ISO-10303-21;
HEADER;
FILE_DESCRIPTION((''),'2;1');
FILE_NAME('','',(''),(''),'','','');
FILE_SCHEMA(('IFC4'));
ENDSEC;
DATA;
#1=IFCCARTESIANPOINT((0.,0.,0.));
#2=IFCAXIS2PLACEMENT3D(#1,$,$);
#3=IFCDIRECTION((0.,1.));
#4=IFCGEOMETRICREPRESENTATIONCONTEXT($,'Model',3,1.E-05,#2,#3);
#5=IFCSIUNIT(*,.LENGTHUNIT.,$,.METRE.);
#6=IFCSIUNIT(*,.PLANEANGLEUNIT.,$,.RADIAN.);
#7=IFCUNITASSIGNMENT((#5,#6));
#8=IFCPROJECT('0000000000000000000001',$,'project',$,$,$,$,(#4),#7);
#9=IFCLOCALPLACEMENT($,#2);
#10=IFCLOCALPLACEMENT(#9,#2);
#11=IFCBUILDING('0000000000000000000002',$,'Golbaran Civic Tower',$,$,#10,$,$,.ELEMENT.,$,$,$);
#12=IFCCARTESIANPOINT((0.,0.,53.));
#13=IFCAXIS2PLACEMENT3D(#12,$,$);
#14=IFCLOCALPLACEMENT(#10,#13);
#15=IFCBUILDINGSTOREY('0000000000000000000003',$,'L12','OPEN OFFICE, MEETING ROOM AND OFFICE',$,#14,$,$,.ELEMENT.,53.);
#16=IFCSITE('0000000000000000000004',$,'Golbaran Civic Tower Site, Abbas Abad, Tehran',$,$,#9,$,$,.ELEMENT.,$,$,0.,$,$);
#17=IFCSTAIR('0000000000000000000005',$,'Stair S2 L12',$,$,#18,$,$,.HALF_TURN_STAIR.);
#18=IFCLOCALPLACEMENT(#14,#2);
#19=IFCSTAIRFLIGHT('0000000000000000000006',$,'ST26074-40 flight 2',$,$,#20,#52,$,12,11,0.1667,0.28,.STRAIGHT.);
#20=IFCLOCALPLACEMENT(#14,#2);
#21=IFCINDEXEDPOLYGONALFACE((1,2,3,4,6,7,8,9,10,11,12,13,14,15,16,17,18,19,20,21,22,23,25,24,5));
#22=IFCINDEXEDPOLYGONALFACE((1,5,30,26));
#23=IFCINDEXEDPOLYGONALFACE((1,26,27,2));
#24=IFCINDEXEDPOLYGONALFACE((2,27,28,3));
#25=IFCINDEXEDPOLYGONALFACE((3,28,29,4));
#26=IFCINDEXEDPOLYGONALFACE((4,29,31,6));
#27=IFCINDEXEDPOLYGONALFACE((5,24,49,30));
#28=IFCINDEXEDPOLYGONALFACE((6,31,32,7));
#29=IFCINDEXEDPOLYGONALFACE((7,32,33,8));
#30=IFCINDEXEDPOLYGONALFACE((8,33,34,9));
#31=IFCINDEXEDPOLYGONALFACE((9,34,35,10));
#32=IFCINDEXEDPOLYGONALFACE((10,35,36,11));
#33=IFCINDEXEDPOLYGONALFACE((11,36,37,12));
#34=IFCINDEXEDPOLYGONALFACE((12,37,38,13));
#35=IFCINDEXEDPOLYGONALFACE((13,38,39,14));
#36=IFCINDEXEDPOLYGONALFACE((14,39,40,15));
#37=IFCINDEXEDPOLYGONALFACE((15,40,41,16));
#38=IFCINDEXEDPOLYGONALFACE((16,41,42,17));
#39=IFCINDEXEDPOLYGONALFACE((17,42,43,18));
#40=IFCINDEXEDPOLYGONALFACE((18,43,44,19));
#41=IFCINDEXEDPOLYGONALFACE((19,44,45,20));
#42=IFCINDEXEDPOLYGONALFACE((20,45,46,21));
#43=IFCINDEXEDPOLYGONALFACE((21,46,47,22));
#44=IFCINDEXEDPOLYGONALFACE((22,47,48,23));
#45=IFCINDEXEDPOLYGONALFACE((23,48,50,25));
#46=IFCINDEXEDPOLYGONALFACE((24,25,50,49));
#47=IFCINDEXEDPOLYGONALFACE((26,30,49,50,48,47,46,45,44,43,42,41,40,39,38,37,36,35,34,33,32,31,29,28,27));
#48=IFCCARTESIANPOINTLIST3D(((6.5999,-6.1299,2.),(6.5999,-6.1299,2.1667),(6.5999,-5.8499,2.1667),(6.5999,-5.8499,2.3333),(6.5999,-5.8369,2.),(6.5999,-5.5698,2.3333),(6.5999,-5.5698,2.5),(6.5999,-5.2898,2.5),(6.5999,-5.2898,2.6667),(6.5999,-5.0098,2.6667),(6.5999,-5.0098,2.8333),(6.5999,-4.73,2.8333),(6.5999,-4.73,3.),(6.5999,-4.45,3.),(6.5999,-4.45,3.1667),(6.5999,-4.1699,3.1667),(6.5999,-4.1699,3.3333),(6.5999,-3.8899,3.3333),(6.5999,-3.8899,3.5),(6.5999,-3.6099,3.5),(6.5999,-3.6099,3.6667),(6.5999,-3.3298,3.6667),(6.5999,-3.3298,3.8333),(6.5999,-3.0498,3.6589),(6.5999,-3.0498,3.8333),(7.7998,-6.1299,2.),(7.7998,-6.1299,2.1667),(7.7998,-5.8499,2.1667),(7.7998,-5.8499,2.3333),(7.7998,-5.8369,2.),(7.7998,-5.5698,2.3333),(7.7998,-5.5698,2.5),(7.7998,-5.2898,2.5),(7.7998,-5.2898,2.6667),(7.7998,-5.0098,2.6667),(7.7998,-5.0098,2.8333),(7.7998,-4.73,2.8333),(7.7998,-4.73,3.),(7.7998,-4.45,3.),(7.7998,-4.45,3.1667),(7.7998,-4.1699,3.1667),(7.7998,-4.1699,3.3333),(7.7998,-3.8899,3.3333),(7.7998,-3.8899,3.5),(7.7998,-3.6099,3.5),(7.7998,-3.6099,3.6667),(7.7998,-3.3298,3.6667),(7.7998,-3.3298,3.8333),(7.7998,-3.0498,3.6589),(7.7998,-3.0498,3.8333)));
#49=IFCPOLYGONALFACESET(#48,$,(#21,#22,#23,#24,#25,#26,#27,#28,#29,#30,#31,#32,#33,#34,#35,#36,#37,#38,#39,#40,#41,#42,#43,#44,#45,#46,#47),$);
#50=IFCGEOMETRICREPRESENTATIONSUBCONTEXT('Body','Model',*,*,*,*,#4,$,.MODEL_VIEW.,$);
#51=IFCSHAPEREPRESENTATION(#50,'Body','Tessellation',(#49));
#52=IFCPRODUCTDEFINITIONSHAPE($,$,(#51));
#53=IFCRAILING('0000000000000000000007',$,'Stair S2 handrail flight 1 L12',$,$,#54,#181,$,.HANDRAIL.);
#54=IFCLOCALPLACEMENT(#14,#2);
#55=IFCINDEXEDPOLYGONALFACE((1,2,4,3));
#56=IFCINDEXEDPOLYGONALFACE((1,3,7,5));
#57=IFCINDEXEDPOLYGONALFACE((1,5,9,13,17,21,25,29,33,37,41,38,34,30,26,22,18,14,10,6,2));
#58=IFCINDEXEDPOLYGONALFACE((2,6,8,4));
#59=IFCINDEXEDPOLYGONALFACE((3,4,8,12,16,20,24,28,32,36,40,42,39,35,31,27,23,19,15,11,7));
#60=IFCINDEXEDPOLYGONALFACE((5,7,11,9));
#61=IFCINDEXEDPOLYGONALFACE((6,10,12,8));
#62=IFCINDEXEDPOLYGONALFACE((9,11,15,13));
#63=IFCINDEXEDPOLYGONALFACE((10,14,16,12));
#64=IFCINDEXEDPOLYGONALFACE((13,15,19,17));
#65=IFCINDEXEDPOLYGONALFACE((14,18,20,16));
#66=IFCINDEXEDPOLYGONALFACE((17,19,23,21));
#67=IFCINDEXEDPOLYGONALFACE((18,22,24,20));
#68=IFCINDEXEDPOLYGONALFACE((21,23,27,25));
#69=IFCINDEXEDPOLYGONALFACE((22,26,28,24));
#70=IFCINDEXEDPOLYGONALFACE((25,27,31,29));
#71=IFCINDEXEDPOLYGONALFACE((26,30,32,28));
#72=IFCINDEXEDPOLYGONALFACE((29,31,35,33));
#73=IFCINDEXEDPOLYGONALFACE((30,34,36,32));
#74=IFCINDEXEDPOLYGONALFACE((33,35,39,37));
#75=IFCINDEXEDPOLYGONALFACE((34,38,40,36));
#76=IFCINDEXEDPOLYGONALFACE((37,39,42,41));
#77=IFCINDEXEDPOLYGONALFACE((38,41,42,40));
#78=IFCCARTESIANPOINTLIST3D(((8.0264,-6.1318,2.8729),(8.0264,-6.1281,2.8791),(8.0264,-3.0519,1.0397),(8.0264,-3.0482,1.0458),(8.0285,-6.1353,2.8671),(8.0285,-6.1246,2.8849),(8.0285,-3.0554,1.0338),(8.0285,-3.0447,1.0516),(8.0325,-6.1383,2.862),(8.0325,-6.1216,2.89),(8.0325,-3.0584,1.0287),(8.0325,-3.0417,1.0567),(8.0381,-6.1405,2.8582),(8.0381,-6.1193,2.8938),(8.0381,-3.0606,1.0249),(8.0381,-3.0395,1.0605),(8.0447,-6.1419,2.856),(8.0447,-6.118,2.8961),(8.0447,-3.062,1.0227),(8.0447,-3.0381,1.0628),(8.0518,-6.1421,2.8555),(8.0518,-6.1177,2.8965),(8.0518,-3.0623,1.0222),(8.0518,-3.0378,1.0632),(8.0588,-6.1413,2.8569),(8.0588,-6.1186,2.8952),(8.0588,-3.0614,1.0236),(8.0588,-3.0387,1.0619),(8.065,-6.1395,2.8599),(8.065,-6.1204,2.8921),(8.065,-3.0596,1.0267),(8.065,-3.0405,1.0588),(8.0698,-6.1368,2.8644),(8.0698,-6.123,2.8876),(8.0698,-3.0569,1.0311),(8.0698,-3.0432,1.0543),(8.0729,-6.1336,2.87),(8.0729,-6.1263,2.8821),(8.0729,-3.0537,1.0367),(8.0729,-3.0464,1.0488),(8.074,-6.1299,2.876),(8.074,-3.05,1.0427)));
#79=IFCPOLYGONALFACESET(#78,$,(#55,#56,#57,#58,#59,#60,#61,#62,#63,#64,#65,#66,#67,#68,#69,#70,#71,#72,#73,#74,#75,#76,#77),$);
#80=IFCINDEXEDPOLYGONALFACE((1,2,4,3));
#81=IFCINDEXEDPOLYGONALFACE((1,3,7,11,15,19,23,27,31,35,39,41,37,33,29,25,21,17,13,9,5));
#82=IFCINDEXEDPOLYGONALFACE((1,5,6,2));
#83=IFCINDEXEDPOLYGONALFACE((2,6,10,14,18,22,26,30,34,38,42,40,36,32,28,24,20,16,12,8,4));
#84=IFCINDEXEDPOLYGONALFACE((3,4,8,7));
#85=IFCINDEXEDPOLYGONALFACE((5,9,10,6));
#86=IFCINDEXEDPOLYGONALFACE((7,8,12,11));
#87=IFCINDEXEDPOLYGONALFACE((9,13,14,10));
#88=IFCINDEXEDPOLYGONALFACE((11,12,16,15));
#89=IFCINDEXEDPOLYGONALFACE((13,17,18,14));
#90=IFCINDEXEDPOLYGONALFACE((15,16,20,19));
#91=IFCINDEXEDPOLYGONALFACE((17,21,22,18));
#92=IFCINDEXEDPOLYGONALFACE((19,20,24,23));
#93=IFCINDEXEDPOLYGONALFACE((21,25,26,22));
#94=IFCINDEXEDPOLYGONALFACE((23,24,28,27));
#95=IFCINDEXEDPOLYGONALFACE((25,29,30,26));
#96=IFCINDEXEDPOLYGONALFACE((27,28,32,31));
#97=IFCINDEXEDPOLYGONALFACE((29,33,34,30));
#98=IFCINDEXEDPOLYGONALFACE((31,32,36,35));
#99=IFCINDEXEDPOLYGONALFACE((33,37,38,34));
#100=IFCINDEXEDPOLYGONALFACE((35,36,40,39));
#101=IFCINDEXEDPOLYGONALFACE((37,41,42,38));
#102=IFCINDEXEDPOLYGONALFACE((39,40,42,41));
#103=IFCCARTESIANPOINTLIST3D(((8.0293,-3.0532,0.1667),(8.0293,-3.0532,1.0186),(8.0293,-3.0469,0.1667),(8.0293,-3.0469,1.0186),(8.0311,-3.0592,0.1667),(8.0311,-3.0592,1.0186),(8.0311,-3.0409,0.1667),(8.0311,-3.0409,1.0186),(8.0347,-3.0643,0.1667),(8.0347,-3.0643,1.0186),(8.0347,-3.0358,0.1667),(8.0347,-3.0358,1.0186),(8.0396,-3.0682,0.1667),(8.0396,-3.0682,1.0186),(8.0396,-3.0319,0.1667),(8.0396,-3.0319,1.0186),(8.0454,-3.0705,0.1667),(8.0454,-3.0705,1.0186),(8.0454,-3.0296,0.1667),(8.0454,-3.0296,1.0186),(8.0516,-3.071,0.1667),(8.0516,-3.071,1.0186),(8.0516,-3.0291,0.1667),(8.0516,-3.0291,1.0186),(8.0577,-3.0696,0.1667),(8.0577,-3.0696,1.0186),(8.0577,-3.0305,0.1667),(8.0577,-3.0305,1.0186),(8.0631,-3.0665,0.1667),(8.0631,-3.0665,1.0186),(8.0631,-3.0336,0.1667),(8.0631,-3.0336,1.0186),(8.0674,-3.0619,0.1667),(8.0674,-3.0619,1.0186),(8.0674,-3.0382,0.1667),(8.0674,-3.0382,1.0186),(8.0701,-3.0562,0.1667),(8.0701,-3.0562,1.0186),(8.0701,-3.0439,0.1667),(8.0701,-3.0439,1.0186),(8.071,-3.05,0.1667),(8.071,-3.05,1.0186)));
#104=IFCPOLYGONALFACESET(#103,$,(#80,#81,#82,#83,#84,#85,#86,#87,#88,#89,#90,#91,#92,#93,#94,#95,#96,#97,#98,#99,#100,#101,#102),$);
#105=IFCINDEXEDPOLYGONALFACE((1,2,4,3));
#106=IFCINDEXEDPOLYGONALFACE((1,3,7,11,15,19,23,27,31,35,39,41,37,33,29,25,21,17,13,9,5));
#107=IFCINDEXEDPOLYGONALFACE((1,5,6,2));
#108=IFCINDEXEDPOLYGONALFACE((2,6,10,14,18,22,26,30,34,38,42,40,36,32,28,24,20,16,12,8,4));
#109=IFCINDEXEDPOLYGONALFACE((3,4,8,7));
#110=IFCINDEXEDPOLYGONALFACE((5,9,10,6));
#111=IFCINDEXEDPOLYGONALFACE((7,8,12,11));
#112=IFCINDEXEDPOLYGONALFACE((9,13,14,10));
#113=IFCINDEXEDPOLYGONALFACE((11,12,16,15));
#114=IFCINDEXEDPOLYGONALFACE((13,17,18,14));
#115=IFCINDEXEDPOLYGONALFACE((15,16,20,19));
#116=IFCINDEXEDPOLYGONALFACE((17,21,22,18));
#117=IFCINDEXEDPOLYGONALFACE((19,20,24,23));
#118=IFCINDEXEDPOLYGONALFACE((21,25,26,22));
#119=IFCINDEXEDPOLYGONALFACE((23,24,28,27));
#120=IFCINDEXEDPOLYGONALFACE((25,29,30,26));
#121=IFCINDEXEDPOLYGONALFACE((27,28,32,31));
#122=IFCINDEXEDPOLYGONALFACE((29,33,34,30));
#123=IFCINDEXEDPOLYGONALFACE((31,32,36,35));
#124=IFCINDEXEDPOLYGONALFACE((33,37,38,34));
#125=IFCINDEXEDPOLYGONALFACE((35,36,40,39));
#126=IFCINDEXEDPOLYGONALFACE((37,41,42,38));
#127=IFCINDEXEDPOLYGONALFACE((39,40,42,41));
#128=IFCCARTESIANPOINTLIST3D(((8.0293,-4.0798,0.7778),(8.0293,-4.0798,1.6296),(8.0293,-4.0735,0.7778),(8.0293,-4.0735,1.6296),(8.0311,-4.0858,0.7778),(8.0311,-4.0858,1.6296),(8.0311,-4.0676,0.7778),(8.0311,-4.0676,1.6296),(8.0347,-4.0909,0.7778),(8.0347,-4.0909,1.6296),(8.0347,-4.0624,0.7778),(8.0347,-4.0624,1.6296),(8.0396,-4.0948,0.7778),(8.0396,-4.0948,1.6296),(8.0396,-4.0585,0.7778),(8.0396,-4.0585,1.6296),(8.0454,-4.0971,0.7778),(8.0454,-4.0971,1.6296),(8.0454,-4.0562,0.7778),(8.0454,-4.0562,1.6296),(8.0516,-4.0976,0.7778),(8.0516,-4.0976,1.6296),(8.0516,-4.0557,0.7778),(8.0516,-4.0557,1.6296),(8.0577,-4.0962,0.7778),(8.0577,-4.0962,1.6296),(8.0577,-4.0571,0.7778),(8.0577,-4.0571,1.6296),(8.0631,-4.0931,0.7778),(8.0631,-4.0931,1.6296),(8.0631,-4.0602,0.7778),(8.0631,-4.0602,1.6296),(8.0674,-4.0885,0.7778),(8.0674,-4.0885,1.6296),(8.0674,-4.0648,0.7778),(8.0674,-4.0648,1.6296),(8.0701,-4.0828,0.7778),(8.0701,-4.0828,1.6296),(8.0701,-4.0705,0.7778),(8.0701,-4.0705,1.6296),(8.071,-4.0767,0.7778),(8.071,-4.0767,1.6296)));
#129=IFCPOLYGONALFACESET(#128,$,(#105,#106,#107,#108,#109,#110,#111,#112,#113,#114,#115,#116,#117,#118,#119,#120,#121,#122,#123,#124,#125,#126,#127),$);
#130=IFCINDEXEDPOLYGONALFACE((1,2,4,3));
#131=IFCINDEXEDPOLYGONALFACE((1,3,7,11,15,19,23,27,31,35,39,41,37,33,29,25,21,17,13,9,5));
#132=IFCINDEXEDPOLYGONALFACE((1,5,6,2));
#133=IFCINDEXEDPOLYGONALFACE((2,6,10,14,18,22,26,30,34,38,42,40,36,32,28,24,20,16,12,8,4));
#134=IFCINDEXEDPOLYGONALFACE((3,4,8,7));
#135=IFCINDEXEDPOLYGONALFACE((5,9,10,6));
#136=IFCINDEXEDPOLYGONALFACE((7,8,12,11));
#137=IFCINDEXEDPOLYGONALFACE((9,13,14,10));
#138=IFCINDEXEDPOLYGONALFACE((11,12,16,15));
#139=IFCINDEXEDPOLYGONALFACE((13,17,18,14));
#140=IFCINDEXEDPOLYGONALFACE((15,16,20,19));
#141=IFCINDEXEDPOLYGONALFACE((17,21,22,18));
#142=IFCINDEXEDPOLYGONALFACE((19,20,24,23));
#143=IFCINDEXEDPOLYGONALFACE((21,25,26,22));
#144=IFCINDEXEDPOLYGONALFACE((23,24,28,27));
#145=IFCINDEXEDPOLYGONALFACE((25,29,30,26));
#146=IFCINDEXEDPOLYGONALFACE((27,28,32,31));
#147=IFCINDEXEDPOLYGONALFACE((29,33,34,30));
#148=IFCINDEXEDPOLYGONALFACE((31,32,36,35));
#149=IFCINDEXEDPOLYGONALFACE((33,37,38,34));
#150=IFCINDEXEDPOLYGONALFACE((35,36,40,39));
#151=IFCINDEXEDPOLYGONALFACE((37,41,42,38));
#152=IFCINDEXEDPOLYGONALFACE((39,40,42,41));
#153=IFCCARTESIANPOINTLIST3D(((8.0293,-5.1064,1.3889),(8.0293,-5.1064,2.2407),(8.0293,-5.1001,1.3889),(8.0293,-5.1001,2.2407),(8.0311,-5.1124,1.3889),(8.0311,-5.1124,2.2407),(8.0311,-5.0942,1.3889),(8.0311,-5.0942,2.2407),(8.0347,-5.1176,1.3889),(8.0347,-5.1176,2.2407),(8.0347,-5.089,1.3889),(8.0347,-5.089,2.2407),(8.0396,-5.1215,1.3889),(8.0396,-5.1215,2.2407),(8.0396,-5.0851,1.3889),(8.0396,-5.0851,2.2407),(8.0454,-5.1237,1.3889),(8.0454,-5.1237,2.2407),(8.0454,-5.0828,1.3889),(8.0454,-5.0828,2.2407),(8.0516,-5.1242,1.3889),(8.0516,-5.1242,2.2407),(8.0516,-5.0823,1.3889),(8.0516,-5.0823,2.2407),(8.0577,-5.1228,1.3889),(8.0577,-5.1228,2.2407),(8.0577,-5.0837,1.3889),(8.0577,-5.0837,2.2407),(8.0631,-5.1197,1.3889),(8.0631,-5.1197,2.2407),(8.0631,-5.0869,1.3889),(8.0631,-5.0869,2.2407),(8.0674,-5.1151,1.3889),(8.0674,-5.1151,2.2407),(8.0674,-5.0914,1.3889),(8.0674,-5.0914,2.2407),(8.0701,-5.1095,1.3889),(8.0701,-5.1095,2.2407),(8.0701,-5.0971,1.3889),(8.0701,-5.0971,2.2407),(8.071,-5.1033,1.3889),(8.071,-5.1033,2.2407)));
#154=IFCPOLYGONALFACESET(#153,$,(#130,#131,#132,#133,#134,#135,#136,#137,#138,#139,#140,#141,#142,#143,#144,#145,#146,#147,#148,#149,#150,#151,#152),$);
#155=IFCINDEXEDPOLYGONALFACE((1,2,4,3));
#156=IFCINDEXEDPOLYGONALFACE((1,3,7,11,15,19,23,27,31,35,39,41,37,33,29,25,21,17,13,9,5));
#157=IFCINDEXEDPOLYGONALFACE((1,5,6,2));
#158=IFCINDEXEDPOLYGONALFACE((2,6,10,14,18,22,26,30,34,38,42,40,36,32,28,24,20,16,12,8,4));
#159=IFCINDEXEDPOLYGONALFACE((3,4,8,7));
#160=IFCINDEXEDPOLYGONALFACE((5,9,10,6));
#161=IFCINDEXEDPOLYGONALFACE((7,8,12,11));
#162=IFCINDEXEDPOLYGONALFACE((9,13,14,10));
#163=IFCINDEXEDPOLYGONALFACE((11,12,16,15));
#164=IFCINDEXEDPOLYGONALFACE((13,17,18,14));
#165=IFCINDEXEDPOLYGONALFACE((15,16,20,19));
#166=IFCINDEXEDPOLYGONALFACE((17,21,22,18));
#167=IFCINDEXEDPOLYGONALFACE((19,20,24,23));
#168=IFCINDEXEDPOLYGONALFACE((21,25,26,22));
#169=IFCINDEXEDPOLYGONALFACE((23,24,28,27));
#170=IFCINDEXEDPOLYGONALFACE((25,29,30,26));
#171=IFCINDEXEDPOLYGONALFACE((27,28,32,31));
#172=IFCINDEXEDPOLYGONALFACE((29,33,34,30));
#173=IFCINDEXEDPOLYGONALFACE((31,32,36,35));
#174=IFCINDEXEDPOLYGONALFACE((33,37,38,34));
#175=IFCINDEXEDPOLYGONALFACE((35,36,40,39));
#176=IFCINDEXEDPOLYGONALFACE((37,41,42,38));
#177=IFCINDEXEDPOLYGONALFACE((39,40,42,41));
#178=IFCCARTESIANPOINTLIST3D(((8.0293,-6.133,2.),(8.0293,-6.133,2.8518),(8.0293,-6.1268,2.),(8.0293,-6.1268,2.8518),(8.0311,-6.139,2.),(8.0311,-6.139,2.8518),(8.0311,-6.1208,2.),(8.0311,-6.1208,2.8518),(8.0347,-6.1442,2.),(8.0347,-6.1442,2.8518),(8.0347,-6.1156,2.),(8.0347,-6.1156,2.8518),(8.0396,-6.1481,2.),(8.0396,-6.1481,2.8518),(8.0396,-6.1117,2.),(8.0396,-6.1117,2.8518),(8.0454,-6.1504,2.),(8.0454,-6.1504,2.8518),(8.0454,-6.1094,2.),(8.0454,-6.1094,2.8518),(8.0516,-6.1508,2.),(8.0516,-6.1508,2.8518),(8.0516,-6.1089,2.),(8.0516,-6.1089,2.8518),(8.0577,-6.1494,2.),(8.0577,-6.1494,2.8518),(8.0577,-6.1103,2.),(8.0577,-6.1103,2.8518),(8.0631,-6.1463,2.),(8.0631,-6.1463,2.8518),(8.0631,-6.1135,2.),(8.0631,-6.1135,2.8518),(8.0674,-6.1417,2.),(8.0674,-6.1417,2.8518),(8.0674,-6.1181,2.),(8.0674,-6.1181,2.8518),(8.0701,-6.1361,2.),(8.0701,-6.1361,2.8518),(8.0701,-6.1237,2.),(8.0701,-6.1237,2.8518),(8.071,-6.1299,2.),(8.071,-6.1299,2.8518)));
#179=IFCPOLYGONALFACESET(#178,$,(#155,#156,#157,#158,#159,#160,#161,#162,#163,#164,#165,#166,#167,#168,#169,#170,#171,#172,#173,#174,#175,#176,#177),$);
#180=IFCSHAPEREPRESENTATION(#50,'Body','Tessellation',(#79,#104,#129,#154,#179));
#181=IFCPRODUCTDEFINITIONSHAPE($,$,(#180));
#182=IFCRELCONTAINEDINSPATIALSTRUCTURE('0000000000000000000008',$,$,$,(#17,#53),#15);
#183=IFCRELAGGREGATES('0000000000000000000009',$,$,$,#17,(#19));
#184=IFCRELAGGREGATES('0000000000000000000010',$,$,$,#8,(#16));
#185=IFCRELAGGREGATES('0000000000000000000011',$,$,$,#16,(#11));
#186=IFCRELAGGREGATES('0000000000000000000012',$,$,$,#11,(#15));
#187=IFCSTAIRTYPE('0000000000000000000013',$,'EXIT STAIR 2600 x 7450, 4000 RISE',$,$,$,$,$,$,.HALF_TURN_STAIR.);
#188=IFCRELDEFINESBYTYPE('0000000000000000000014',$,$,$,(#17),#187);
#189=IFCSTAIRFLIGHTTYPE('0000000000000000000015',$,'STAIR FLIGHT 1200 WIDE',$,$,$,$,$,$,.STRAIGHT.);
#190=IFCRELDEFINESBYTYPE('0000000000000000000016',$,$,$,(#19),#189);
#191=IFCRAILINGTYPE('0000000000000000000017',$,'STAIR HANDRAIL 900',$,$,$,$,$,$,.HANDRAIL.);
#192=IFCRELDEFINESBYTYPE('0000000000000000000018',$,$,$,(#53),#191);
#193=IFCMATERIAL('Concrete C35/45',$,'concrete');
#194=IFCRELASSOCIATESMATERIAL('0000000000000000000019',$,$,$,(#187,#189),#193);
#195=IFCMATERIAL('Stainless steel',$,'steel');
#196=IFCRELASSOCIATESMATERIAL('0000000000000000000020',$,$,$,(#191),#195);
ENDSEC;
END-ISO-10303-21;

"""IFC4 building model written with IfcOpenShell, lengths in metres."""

from ifc_helpers import new_model, si_unit, direction, frame, origin, origin_2d, place, context, subcontext, project, spatial, polyline, circle, outline, extrude, material, type_object, element, aggregate, save


model = new_model("IFC4")

# Units and contexts
model_context = context("Model", 3, precision=1e-05, world=origin(), true_north=direction((0.0, 1.0)))
body_context = subcontext(model_context, "Body", "Model", "MODEL_VIEW")
ifc_project = project(units=[si_unit("LENGTHUNIT", "METRE"), si_unit("PLANEANGLEUNIT", "RADIAN")], contexts=[model_context])

# Site, building, storey
site_placement = place(None, origin())
site = spatial("IfcSite", under=ifc_project, at=site_placement, Name="Golbaran Civic Tower Site, Abbas Abad, Tehran", CompositionType="ELEMENT", RefElevation=0.0)
building_placement = place(site_placement, origin())
building = spatial("IfcBuilding", under=site, at=building_placement, Name="Golbaran Civic Tower", CompositionType="ELEMENT")
storey_placement = place(building_placement, frame((0.0, 0.0, 53.0)))
storey = spatial("IfcBuildingStorey", under=building, at=storey_placement, Name="L12", Description="OPEN OFFICE, MEETING ROOM AND OFFICE", CompositionType="ELEMENT", Elevation=53.0)

# Shared definitions
ifc_material_1 = material(Name="Concrete C35/45", Category="concrete")

# Shared definitions
ifc_material_2 = material(Name="Stainless steel", Category="steel")

# Stair, stair flight
stair_type = type_object("IfcStairType", Name="EXIT STAIR 2600 x 7450, 4000 RISE", PredefinedType="HALF_TURN_STAIR", material=ifc_material_1)
stair_placement = place(storey_placement, origin())
stair = element("IfcStair", 1, at=stair_placement, inside=storey, type_object=stair_type, Name="Stair S2 L12", PredefinedType="HALF_TURN_STAIR")
stair_flight_type = type_object("IfcStairFlightType", Name="STAIR FLIGHT 1200 WIDE", PredefinedType="STRAIGHT", material=ifc_material_1)
stair_flight_1_placement = place(storey_placement, frame((7.2, -6.1299, 2.0), z_axis=(0.0, 0.0, 1.0), x_axis=(0.0, 1.0, 0.0)))
stair_flight_1 = element("IfcStairFlight", 2, at=stair_flight_1_placement, type_object=stair_flight_type, Name="ST26074-40 flight 2", NumberOfRisers=12, NumberOfTreads=11, PredefinedType="STRAIGHT", RiserHeight=0.1667, TreadLength=0.28, context=body_context, shape_type="SweptSolid", body=[
    extrude(outline(polyline([(0.0, 0.0), (0.0, 0.1667), (0.28, 0.1667), (0.28, 0.3333), (0.5601, 0.3333), (0.5601, 0.5), (0.8401, 0.5), (0.8401, 0.6667), (1.1201, 0.6667), (1.1201, 0.8333), (1.3999, 0.8333), (1.3999, 1.0), (1.6799, 1.0), (1.6799, 1.1667), (1.96, 1.1667), (1.96, 1.3333), (2.24, 1.3333), (2.24, 1.5), (2.52, 1.5), (2.52, 1.6667), (2.8, 1.6667), (2.8, 1.8333), (3.0801, 1.8333), (3.0801, 2.0), (3.0801, 1.6589), (0.293, 0.0), (0.0, 0.0)])), frame((0.0, 0.6001, 0.0), z_axis=(0.0, -1.0, 0.0), x_axis=(1.0, 0.0, 0.0)), (0.0, 0.0, 1.0), 1.2),
])
aggregate(stair, [stair_flight_1])

# Railing
railing_type = type_object("IfcRailingType", Name="STAIR HANDRAIL 900", PredefinedType="HANDRAIL", material=ifc_material_2)
railing_1_placement = place(storey_placement, frame((8.05, -3.05, 0.1667)))
element("IfcRailing", 3, at=railing_1_placement, inside=storey, type_object=railing_type, Name="Stair S2 handrail flight 1 L12", PredefinedType="HANDRAIL", context=body_context, shape_type="SweptSolid", body=[
    extrude(circle(Radius=0.0239, at=origin_2d()), frame((0.0, 0.0, 0.876), z_axis=(0.0, -0.859291, 0.511487), x_axis=(1.0, 0.0, 0.0)), (0.0, 0.0, 1.0), 3.5842),
    extrude(circle(Radius=0.021, at=origin_2d()), origin(), (0.0, 0.0, 1.0), 0.8518),
    extrude(circle(Radius=0.021, at=origin_2d()), frame((0.0, -1.0266, 0.6111)), (0.0, 0.0, 1.0), 0.8518),
    extrude(circle(Radius=0.021, at=origin_2d()), frame((0.0, -2.0532, 1.2222)), (0.0, 0.0, 1.0), 0.8518),
    extrude(circle(Radius=0.021, at=origin_2d()), frame((0.0, -3.0798, 1.8333)), (0.0, 0.0, 1.0), 0.8518),
])

save(model, "model.ifc")
